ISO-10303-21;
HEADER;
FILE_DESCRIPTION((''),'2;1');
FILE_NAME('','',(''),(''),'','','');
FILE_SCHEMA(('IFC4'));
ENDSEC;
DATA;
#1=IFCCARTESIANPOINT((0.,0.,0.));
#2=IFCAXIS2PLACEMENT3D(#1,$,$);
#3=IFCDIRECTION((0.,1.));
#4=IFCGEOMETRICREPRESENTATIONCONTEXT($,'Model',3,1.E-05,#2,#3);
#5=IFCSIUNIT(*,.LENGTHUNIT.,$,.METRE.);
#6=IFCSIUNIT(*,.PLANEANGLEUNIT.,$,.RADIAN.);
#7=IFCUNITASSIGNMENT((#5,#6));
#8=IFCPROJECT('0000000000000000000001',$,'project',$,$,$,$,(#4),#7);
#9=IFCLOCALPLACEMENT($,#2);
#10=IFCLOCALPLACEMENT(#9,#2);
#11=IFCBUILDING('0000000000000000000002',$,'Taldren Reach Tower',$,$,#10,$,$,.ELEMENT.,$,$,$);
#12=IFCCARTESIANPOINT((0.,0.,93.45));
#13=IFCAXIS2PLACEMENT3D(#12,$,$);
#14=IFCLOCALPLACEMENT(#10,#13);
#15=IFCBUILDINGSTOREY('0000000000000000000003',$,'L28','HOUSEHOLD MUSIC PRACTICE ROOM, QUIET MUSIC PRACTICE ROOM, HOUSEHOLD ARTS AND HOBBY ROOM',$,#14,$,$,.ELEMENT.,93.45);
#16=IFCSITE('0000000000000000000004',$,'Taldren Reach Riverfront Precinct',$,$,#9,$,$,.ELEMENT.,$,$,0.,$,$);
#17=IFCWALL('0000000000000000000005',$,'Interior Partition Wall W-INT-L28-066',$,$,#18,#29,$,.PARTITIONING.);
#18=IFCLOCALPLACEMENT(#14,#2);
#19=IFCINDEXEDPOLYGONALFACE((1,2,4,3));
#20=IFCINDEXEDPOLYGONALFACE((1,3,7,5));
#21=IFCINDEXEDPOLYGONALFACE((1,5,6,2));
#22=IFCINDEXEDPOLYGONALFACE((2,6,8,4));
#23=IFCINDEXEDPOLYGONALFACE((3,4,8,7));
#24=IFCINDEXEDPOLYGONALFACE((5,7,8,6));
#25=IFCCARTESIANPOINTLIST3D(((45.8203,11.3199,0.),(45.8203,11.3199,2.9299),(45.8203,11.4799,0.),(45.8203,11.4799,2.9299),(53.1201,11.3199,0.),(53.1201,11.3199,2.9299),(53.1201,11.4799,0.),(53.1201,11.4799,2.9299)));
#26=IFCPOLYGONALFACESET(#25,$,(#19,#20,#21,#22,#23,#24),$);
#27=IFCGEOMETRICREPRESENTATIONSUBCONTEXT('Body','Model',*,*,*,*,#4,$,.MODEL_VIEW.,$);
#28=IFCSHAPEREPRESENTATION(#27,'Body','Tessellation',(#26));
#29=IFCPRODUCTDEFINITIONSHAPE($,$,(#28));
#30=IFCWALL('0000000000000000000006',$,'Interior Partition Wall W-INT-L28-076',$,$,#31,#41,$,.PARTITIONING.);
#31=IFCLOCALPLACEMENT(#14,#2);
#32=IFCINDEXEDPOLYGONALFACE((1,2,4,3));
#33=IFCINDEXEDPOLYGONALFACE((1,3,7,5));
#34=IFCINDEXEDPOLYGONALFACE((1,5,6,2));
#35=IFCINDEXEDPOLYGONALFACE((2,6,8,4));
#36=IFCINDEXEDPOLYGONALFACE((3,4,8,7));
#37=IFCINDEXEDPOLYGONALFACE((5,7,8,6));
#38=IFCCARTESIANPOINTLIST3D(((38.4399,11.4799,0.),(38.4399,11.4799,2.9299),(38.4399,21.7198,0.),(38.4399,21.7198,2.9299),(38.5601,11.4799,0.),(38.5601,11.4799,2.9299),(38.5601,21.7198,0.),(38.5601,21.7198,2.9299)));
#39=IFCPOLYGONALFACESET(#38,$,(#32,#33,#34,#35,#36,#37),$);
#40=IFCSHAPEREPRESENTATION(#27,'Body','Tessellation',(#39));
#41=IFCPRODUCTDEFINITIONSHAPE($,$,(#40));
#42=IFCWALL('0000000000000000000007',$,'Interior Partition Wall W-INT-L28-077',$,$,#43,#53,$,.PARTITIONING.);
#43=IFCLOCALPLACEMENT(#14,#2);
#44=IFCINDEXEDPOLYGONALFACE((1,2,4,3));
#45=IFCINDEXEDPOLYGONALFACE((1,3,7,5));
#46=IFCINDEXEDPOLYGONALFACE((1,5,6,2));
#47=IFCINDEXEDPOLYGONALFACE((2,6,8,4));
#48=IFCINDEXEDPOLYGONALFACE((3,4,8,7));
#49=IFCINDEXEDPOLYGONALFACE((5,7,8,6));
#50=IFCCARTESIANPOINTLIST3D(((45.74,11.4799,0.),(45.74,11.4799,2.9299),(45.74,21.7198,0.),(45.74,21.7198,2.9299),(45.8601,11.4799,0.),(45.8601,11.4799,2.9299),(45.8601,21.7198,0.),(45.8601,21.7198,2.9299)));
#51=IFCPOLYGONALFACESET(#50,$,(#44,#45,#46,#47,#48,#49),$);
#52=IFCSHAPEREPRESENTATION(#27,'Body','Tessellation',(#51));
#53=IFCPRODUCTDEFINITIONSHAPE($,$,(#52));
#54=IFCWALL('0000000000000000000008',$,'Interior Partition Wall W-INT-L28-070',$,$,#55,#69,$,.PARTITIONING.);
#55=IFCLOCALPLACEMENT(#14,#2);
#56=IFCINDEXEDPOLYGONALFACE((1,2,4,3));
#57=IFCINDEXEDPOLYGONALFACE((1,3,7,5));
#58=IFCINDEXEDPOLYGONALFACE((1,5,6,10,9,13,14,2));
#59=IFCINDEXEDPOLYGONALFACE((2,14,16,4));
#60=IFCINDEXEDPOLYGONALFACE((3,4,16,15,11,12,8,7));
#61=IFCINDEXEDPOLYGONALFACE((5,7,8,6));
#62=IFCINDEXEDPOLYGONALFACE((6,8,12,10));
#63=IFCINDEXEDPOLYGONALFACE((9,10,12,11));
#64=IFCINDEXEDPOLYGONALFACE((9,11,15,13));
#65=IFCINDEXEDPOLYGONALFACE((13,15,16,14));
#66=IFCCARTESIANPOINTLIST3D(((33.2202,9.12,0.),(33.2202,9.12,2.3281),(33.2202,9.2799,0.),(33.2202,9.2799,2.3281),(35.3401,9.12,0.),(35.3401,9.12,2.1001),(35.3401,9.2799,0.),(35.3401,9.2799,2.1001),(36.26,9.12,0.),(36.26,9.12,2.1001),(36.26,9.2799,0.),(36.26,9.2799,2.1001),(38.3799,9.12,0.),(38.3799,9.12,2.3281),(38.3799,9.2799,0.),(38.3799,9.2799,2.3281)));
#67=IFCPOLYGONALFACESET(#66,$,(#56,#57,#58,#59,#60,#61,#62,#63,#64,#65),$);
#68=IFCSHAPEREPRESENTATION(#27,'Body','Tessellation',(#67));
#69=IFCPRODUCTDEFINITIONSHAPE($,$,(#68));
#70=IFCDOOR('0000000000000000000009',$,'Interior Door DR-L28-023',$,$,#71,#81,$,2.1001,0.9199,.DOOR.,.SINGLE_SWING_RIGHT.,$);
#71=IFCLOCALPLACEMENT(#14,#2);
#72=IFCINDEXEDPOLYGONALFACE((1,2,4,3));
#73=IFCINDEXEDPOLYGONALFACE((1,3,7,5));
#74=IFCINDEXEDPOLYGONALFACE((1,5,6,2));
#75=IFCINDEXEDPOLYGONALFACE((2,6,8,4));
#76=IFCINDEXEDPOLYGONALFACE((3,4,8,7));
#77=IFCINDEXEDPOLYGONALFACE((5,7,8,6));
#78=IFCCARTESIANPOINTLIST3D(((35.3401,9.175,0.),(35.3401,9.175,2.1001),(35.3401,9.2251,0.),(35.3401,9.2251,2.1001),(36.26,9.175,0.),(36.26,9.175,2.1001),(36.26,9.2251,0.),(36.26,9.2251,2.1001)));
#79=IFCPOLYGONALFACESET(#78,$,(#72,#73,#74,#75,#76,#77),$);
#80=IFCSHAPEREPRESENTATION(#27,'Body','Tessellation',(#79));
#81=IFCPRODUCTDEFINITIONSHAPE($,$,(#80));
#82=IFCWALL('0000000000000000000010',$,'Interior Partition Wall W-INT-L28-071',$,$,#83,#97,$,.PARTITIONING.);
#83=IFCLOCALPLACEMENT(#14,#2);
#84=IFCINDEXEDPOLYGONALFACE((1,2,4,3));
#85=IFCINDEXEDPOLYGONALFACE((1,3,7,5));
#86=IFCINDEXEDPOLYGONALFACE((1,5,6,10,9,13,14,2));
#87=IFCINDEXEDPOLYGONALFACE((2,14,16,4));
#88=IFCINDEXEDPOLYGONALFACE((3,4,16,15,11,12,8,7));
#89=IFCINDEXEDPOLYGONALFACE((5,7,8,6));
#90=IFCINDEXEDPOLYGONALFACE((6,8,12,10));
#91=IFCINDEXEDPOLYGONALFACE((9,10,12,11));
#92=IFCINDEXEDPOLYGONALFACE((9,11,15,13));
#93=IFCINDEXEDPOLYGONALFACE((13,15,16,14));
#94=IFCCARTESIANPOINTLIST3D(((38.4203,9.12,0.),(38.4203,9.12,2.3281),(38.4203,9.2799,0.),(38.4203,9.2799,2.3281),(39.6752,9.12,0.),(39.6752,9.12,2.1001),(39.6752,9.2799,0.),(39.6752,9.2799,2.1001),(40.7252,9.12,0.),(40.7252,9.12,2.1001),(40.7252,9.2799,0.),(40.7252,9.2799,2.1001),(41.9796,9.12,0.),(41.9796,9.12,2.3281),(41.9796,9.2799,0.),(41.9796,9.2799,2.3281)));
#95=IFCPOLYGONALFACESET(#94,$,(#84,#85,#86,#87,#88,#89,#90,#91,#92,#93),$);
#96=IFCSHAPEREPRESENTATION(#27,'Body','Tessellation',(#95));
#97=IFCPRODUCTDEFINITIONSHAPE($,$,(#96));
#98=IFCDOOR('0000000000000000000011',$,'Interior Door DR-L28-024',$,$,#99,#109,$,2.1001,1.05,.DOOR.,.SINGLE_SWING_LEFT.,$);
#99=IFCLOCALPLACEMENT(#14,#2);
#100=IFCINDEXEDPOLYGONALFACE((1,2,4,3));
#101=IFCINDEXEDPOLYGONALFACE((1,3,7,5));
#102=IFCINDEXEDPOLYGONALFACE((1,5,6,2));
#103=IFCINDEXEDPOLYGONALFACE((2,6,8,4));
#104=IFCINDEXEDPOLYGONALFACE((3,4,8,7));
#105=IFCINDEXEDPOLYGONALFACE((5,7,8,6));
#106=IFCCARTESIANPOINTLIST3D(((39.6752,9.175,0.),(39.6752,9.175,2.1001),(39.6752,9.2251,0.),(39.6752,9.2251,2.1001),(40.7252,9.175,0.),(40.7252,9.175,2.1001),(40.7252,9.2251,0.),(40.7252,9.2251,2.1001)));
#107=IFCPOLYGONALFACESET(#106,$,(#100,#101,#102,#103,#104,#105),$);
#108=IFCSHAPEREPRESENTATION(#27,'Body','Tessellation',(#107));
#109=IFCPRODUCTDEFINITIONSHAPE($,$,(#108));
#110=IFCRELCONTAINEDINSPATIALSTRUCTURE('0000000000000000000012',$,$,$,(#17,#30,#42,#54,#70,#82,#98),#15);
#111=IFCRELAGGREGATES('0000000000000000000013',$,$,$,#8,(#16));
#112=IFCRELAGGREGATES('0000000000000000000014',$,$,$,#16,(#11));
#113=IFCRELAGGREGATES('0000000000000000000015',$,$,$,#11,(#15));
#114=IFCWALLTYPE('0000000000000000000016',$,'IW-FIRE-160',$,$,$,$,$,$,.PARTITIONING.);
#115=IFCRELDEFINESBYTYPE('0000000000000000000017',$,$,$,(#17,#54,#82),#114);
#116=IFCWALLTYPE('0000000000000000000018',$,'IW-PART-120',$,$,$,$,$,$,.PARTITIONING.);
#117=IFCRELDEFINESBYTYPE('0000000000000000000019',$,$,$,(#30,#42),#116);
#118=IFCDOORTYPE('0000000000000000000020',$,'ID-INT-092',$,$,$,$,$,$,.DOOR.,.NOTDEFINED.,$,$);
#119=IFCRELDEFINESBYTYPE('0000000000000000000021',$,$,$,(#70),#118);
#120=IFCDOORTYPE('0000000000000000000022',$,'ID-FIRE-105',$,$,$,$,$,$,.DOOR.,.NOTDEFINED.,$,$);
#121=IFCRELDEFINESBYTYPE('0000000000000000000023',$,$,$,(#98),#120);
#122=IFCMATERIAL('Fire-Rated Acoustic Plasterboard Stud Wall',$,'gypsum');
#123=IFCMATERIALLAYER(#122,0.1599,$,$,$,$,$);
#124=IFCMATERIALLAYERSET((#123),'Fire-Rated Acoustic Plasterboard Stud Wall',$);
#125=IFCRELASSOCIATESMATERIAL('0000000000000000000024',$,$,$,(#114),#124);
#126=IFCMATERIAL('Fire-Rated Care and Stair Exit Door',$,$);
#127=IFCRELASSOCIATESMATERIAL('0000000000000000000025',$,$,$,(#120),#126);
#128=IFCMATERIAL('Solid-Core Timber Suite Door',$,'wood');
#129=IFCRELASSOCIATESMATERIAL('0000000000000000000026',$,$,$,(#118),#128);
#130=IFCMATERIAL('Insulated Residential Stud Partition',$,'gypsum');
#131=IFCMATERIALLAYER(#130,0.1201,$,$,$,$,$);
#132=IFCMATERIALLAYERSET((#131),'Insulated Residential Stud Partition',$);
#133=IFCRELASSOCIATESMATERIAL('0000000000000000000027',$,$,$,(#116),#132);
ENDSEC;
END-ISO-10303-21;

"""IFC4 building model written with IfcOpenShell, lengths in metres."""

from ifc_helpers import new_model, si_unit, direction, frame, frame_2d, origin, place, context, subcontext, project, spatial, rectangle, extrude, source, transform, mapped, material, layer, layer_set, type_object, element, fill, save


model = new_model("IFC4")

# Units and contexts
model_context = context("Model", 3, precision=1e-05, world=origin(), true_north=direction((0.0, 1.0)))
body_context = subcontext(model_context, "Body", "Model", "MODEL_VIEW")
ifc_project = project(units=[si_unit("LENGTHUNIT", "METRE"), si_unit("PLANEANGLEUNIT", "RADIAN")], contexts=[model_context])

# Site, building, storey
site_placement = place(None, origin())
site = spatial("IfcSite", under=ifc_project, at=site_placement, Name="Taldren Reach Riverfront Precinct", CompositionType="ELEMENT", RefElevation=0.0)
building_placement = place(site_placement, origin())
building = spatial("IfcBuilding", under=site, at=building_placement, Name="Taldren Reach Tower", CompositionType="ELEMENT")
storey_placement = place(building_placement, frame((0.0, 0.0, 93.45)))
storey = spatial("IfcBuildingStorey", under=building, at=storey_placement, Name="L28", Description="HOUSEHOLD MUSIC PRACTICE ROOM, QUIET MUSIC PRACTICE ROOM, HOUSEHOLD ARTS AND HOBBY ROOM", CompositionType="ELEMENT", Elevation=93.45)

# Shared definitions
ifc_material_1 = material(Name="Fire-Rated Acoustic Plasterboard Stud Wall", Category="gypsum")
ifc_layer_1 = layer(ifc_material_1, 0.1599)
ifc_layer_set_1 = layer_set([ifc_layer_1], Name="Fire-Rated Acoustic Plasterboard Stud Wall")
wall_type_1 = type_object("IfcWallType", Name="IW-FIRE-160", PredefinedType="PARTITIONING", material=ifc_layer_set_1)
shared_shape_1 = source(origin(), body_context, "Body", "SweptSolid", [
    extrude(rectangle(XDim=1.05, YDim=2.1001, at=frame_2d((0.5249, 1.05))), frame((0.0, 0.0898, 0.0), z_axis=(0.0, -1.0, 0.0), x_axis=(1.0, 0.0, 0.0)), (0.0, 0.0, 1.0), 0.1799),
])
ifc_material_2 = material(Name="Fire-Rated Care and Stair Exit Door")
door_type_1 = type_object("IfcDoorType", Name="ID-FIRE-105", OperationType="NOTDEFINED", PredefinedType="DOOR", material=ifc_material_2)
shared_shape_2 = source(origin(), body_context, "Body", "SweptSolid", [
    extrude(rectangle(XDim=1.05, YDim=2.1001, at=frame_2d((0.5249, 1.05))), frame((0.0, 0.0249, 0.0), z_axis=(0.0, -1.0, 0.0), x_axis=(1.0, 0.0, 0.0)), (0.0, 0.0, 1.0), 0.05),
])

# Shared definitions
shared_shape_3 = source(origin(), body_context, "Body", "SweptSolid", [
    extrude(rectangle(XDim=0.9199, YDim=2.1001, at=frame_2d((0.46, 1.05))), frame((0.0, 0.0898, 0.0), z_axis=(0.0, -1.0, 0.0), x_axis=(1.0, 0.0, 0.0)), (0.0, 0.0, 1.0), 0.1799),
])
ifc_material_3 = material(Name="Solid-Core Timber Suite Door", Category="wood")
door_type_2 = type_object("IfcDoorType", Name="ID-INT-092", OperationType="NOTDEFINED", PredefinedType="DOOR", material=ifc_material_3)
shared_shape_4 = source(origin(), body_context, "Body", "SweptSolid", [
    extrude(rectangle(XDim=0.9199, YDim=2.1001, at=frame_2d((0.46, 1.05))), frame((0.0, 0.0249, 0.0), z_axis=(0.0, -1.0, 0.0), x_axis=(1.0, 0.0, 0.0)), (0.0, 0.0, 1.0), 0.05),
])

# Walls
shared_shape_5 = source(origin(), body_context, "Body", "SweptSolid", [
    extrude(rectangle(XDim=7.2998, YDim=0.1599, at=frame_2d((3.6499, 0.0))), origin(), (0.0, 0.0, 1.0), 2.9299),
])
wall_1_placement = place(storey_placement, frame((45.8203, 11.3999, 0.0), z_axis=(0.0, 0.0, 1.0), x_axis=(1.0, 0.0, 0.0)))
element("IfcWall", 1, at=wall_1_placement, inside=storey, type_object=wall_type_1, Name="Interior Partition Wall W-INT-L28-066", PredefinedType="PARTITIONING", context=body_context, shape_type="MappedRepresentation", body=[
    mapped(shared_shape_5, transform((0.0, 0.0, 0.0), scale=1.0)),
])
ifc_material_4 = material(Name="Insulated Residential Stud Partition", Category="gypsum")
ifc_layer_2 = layer(ifc_material_4, 0.1201)
ifc_layer_set_2 = layer_set([ifc_layer_2], Name="Insulated Residential Stud Partition")
wall_type_2 = type_object("IfcWallType", Name="IW-PART-120", PredefinedType="PARTITIONING", material=ifc_layer_set_2)
shared_shape_6 = source(origin(), body_context, "Body", "SweptSolid", [
    extrude(rectangle(XDim=10.24, YDim=0.1201, at=frame_2d((5.1201, 0.0))), origin(), (0.0, 0.0, 1.0), 2.9299),
])
for number, where, z_axis, x_axis, name in (
    (2, (38.5, 21.72, 0.0), (0.0, 0.0, 1.0), (0.0, -1.0, 0.0), "Interior Partition Wall W-INT-L28-076"),
    (3, (45.8, 21.72, 0.0), (0.0, 0.0, 1.0), (0.0, -1.0, 0.0), "Interior Partition Wall W-INT-L28-077"),
):
    element("IfcWall", number, at=place(storey_placement, frame(where, z_axis=z_axis, x_axis=x_axis)), inside=storey, type_object=wall_type_2, Name=name, PredefinedType="PARTITIONING", context=body_context, shape_type="MappedRepresentation", body=[
        mapped(shared_shape_6, transform((0.0, 0.0, 0.0), scale=1.0)),
    ])

# Walls, openings, doors
shared_shape_7 = source(origin(), body_context, "Body", "SweptSolid", [
    extrude(rectangle(XDim=5.1597, YDim=0.1599, at=frame_2d((2.5798, 0.0))), origin(), (0.0, 0.0, 1.0), 2.3281),
])
wall_2_placement = place(storey_placement, frame((38.3799, 9.2, 0.0), z_axis=(0.0, 0.0, 1.0), x_axis=(-1.0, 0.0, 0.0)))
wall_2 = element("IfcWall", 4, at=wall_2_placement, inside=storey, type_object=wall_type_1, Name="Interior Partition Wall W-INT-L28-070", PredefinedType="PARTITIONING", context=body_context, shape_type="MappedRepresentation", body=[
    mapped(shared_shape_7, transform((0.0, 0.0, 0.0), scale=1.0)),
])
opening_1_placement = place(wall_2_placement, frame((2.1199, 0.0, 0.0)))
opening_1 = element("IfcOpeningElement", 5, at=opening_1_placement, cuts=wall_2, PredefinedType="OPENING", context=body_context, shape_type="MappedRepresentation", body=[
    mapped(shared_shape_3, transform((0.0, 0.0, 0.0), scale=1.0)),
])
door_1_placement = place(opening_1_placement, origin())
door_1 = element("IfcDoor", 6, at=door_1_placement, inside=storey, type_object=door_type_2, Name="Interior Door DR-L28-023", OperationType="SINGLE_SWING_RIGHT", OverallHeight=2.1001, OverallWidth=0.9199, PredefinedType="DOOR", context=body_context, shape_type="MappedRepresentation", body=[
    mapped(shared_shape_4, transform((0.0, 0.0, 0.0), scale=1.0)),
])
fill(opening_1, door_1)
shared_shape_8 = source(origin(), body_context, "Body", "SweptSolid", [
    extrude(rectangle(XDim=3.5593, YDim=0.1599, at=frame_2d((1.7798, 0.0))), origin(), (0.0, 0.0, 1.0), 2.3281),
])
wall_3_placement = place(storey_placement, frame((41.9797, 9.2, 0.0), z_axis=(0.0, 0.0, 1.0), x_axis=(-1.0, 0.0, 0.0)))
wall_3 = element("IfcWall", 7, at=wall_3_placement, inside=storey, type_object=wall_type_1, Name="Interior Partition Wall W-INT-L28-071", PredefinedType="PARTITIONING", context=body_context, shape_type="MappedRepresentation", body=[
    mapped(shared_shape_8, transform((0.0, 0.0, 0.0), scale=1.0)),
])
opening_2_placement = place(wall_3_placement, frame((1.2546, 0.0, 0.0)))
opening_2 = element("IfcOpeningElement", 8, at=opening_2_placement, cuts=wall_3, PredefinedType="OPENING", context=body_context, shape_type="MappedRepresentation", body=[
    mapped(shared_shape_1, transform((0.0, 0.0, 0.0), scale=1.0)),
])
door_2_placement = place(opening_2_placement, origin())
door_2 = element("IfcDoor", 9, at=door_2_placement, inside=storey, type_object=door_type_1, Name="Interior Door DR-L28-024", OperationType="SINGLE_SWING_LEFT", OverallHeight=2.1001, OverallWidth=1.05, PredefinedType="DOOR", context=body_context, shape_type="MappedRepresentation", body=[
    mapped(shared_shape_2, transform((0.0, 0.0, 0.0), scale=1.0)),
])
fill(opening_2, door_2)

save(model, "model.ifc")
